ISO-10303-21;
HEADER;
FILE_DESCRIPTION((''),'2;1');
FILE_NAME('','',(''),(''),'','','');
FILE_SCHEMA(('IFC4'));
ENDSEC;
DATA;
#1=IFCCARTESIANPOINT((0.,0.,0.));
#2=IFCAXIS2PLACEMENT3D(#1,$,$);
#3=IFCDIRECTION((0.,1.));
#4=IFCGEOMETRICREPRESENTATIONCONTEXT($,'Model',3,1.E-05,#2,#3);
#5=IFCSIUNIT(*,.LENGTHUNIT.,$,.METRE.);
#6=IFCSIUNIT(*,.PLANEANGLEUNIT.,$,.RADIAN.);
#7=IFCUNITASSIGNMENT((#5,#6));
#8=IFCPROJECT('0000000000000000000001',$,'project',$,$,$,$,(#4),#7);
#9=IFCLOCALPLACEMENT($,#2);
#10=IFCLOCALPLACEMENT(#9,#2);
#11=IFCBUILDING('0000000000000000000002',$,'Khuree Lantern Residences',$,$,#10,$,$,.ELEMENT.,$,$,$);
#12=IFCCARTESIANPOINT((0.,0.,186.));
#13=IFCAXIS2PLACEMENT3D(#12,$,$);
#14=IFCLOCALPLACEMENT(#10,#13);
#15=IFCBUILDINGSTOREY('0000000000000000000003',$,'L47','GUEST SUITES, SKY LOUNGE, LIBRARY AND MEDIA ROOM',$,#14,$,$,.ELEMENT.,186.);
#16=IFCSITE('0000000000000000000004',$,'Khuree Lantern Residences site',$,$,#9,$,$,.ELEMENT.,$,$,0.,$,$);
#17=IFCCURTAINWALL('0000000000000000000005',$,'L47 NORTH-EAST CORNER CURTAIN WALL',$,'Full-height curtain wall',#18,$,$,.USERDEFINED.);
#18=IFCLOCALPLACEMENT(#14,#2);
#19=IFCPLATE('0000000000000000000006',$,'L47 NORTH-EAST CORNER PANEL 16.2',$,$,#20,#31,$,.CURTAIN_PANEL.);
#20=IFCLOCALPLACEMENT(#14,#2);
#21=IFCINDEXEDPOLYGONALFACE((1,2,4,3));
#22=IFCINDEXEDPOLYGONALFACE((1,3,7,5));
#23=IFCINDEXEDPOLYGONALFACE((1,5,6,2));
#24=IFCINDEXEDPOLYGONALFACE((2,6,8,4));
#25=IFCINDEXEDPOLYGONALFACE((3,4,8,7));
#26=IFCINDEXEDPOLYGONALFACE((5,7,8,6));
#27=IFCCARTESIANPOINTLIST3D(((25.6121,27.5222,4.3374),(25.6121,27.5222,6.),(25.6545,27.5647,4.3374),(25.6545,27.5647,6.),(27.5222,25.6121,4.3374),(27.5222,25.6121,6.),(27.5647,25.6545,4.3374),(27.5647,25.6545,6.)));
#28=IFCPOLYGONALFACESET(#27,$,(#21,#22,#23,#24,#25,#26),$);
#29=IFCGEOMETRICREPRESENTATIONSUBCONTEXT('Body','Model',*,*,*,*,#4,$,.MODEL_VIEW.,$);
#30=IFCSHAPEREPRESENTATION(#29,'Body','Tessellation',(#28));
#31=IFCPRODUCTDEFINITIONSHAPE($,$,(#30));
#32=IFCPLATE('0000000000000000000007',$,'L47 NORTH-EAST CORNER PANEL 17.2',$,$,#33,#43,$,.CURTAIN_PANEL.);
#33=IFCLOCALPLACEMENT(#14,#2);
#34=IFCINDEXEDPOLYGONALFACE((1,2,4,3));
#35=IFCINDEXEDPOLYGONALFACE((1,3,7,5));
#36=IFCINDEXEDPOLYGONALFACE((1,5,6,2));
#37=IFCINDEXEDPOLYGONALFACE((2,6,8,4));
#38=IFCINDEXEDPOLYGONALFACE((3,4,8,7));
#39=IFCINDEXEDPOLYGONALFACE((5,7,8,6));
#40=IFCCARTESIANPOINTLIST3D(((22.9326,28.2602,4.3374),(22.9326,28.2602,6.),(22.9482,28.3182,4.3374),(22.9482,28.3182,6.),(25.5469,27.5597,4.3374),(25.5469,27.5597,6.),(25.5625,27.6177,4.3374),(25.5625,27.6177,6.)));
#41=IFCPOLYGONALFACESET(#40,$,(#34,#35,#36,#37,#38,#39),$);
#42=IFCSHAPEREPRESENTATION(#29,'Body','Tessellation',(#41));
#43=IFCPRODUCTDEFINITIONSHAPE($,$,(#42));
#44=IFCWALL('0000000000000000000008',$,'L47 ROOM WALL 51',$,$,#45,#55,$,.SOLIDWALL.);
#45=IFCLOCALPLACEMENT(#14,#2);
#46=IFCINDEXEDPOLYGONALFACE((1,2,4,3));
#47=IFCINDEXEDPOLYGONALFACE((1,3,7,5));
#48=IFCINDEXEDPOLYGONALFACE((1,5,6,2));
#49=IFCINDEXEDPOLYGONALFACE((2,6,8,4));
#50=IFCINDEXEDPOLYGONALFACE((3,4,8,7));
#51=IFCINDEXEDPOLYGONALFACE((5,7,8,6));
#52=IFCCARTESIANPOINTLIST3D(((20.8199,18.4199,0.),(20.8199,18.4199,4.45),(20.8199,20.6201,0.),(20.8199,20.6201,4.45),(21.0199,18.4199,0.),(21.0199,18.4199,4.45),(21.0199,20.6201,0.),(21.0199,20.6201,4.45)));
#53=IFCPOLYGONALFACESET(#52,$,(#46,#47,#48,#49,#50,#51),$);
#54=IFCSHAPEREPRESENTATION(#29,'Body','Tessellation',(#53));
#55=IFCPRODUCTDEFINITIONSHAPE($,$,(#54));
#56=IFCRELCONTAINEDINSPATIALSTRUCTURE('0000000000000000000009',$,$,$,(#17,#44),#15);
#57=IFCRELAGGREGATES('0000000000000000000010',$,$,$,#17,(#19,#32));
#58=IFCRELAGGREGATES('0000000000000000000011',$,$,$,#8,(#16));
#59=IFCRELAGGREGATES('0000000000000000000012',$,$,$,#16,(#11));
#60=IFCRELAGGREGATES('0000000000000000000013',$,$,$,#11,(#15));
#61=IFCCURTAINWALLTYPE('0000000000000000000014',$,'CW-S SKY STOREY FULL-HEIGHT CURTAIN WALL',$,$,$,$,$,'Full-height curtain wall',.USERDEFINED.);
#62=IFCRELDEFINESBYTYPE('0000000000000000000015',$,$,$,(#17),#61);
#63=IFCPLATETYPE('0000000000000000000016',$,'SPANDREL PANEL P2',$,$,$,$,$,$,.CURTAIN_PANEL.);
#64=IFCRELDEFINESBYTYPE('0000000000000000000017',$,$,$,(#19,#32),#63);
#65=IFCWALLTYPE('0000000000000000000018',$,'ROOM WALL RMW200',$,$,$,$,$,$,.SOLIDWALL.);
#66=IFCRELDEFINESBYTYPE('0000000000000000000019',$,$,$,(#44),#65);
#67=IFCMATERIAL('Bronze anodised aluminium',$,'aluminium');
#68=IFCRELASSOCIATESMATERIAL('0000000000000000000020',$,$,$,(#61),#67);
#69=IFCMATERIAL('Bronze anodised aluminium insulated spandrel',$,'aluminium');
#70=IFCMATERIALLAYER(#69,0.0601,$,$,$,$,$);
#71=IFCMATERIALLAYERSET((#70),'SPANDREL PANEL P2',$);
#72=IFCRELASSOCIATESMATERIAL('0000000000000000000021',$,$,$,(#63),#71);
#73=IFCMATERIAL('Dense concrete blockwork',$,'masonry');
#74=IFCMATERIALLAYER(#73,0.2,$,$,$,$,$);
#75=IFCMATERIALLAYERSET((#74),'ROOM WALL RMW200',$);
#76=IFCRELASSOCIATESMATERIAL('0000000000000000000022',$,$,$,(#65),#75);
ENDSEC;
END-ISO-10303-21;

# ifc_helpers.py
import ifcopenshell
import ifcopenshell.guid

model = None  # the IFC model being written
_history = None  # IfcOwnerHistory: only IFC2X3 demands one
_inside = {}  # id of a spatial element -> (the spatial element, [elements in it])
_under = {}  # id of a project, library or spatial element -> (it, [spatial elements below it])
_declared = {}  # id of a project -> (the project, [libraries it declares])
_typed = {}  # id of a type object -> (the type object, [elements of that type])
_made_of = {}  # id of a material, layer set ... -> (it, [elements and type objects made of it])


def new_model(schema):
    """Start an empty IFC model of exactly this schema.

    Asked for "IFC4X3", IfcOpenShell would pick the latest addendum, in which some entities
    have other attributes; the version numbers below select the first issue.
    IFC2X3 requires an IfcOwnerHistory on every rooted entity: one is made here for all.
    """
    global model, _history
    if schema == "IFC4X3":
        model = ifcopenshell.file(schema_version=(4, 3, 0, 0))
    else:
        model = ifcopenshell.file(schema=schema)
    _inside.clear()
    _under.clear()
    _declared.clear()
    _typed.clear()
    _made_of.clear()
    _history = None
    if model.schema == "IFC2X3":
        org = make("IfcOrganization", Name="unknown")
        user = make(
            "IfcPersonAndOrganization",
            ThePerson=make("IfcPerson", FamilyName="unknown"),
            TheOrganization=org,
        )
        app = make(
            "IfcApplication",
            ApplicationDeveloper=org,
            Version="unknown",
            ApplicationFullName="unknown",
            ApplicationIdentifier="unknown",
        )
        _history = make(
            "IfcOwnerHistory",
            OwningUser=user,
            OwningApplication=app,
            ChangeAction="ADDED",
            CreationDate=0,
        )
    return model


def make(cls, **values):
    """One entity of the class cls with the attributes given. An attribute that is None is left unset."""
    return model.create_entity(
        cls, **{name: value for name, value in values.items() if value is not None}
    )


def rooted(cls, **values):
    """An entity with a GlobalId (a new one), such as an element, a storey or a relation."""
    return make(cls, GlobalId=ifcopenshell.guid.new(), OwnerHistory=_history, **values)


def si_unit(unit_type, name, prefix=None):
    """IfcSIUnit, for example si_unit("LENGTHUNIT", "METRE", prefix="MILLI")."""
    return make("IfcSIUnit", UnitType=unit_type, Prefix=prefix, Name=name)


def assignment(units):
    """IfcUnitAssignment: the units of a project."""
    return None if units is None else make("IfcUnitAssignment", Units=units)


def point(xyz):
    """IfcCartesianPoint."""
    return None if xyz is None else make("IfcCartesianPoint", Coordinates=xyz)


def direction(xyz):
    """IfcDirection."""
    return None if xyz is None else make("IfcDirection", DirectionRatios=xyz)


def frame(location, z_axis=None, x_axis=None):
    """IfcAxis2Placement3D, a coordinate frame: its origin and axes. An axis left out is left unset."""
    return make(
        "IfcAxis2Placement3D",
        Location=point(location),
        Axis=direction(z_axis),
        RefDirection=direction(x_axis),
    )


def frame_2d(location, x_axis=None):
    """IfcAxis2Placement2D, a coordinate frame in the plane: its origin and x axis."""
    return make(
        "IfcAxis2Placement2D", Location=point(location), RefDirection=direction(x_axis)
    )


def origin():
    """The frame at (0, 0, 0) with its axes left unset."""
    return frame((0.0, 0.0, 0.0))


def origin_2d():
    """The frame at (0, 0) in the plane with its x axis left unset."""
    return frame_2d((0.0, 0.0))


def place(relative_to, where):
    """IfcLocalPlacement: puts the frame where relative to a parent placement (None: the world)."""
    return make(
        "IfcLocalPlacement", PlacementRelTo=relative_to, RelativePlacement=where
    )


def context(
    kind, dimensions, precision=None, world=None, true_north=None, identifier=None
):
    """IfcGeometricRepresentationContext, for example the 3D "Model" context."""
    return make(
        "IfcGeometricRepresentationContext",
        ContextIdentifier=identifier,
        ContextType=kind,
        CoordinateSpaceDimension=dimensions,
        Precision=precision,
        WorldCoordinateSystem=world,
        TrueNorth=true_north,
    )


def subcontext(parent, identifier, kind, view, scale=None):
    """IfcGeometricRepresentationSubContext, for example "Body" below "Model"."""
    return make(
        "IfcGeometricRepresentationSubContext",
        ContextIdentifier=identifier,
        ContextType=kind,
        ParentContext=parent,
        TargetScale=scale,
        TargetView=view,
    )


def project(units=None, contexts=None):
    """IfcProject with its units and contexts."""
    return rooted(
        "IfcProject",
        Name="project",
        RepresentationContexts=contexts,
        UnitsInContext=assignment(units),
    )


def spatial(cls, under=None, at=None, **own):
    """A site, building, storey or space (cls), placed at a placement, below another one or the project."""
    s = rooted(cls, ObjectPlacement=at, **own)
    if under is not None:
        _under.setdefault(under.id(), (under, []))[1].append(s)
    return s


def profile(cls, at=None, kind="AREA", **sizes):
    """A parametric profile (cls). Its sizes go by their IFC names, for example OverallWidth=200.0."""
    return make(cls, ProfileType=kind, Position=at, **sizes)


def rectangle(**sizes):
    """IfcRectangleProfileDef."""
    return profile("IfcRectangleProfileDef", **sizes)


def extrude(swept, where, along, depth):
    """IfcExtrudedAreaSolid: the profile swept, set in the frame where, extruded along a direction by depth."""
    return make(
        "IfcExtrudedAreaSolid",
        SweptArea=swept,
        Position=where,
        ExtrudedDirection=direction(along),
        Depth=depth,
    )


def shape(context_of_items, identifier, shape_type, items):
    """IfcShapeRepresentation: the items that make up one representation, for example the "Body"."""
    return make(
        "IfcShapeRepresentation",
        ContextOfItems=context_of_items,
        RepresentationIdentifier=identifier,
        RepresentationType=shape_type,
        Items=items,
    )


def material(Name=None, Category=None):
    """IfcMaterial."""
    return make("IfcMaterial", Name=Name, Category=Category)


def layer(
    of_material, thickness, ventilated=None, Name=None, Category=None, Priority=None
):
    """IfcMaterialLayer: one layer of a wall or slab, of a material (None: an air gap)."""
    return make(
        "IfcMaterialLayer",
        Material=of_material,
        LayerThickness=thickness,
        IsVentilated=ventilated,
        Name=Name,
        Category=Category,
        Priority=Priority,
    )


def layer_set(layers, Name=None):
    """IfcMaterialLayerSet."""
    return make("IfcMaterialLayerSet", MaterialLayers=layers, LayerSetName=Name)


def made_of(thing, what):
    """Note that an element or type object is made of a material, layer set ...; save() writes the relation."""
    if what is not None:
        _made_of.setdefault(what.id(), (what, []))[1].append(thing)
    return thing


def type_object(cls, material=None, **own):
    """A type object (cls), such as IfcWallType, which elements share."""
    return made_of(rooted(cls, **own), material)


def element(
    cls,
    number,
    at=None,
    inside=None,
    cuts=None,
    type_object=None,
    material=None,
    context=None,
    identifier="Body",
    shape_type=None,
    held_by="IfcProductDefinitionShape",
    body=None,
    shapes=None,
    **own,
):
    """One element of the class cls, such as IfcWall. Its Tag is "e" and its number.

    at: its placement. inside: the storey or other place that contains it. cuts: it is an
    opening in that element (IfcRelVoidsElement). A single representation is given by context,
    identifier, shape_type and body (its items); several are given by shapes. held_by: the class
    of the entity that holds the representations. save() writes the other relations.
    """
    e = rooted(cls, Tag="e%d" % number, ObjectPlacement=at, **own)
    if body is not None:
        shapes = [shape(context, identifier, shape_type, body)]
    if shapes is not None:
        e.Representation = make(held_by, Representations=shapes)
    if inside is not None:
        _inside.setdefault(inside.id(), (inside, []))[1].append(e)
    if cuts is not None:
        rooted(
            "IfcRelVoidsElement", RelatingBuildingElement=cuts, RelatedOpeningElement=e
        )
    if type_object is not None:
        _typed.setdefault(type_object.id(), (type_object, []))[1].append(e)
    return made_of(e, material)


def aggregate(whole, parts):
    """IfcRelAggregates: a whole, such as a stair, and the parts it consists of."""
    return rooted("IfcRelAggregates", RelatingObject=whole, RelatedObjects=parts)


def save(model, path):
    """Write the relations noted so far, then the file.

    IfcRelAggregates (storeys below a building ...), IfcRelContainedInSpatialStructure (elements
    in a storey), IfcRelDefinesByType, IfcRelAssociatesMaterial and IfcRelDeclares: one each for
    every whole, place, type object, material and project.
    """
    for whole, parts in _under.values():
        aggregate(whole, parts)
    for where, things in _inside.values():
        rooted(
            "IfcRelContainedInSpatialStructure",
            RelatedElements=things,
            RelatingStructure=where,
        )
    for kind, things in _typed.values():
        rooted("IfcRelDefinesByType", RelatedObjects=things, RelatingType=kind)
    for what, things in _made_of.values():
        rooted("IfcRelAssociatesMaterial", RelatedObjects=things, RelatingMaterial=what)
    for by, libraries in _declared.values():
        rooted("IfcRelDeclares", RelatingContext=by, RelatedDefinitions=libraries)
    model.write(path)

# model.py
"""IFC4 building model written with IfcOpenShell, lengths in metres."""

from ifc_helpers import new_model, si_unit, direction, frame, frame_2d, origin, origin_2d, place, context, subcontext, project, spatial, rectangle, extrude, material, layer, layer_set, type_object, element, aggregate, save


model = new_model("IFC4")

# Units and contexts
model_context = context("Model", 3, precision=1e-05, world=origin(), true_north=direction((0.0, 1.0)))
body_context = subcontext(model_context, "Body", "Model", "MODEL_VIEW")
ifc_project = project(units=[si_unit("LENGTHUNIT", "METRE"), si_unit("PLANEANGLEUNIT", "RADIAN")], contexts=[model_context])

# Site, building, storey
site_placement = place(None, origin())
site = spatial("IfcSite", under=ifc_project, at=site_placement, Name="Khuree Lantern Residences site", CompositionType="ELEMENT", RefElevation=0.0)
building_placement = place(site_placement, origin())
building = spatial("IfcBuilding", under=site, at=building_placement, Name="Khuree Lantern Residences", CompositionType="ELEMENT")
storey_placement = place(building_placement, frame((0.0, 0.0, 186.0)))
storey = spatial("IfcBuildingStorey", under=building, at=storey_placement, Name="L47", Description="GUEST SUITES, SKY LOUNGE, LIBRARY AND MEDIA ROOM", CompositionType="ELEMENT", Elevation=186.0)

# Curtain wall
ifc_material_1 = material(Name="Bronze anodised aluminium", Category="aluminium")
curtain_wall_type = type_object("IfcCurtainWallType", Name="CW-S SKY STOREY FULL-HEIGHT CURTAIN WALL", ElementType="Full-height curtain wall", PredefinedType="USERDEFINED", material=ifc_material_1)
curtain_wall_1_placement = place(storey_placement, origin())
curtain_wall_1 = element("IfcCurtainWall", 1, at=curtain_wall_1_placement, inside=storey, type_object=curtain_wall_type, Name="L47 NORTH-EAST CORNER CURTAIN WALL", ObjectType="Full-height curtain wall", PredefinedType="USERDEFINED")

# Plates
ifc_material_2 = material(Name="Bronze anodised aluminium insulated spandrel", Category="aluminium")
ifc_layer_1 = layer(ifc_material_2, 0.0601)
ifc_layer_set_1 = layer_set([ifc_layer_1], Name="SPANDREL PANEL P2")
plate_type_1 = type_object("IfcPlateType", Name="SPANDREL PANEL P2", PredefinedType="CURTAIN_PANEL", material=ifc_layer_set_1)
plate_1_placement = place(storey_placement, frame((26.5884, 26.5884, 4.3374), z_axis=(0.0, 0.0, 1.0), x_axis=(-0.707107, 0.707107, 0.0)))
plate_1 = element("IfcPlate", 2, at=plate_1_placement, type_object=plate_type_1, Name="L47 NORTH-EAST CORNER PANEL 16.2", PredefinedType="CURTAIN_PANEL", context=body_context, shape_type="SweptSolid", body=[
    extrude(rectangle(XDim=2.7014, YDim=0.0601, at=origin_2d()), origin(), (0.0, 0.0, 1.0), 1.6626),
])
plate_2_placement = place(storey_placement, frame((24.2476, 27.939, 4.3374), z_axis=(0.0, 0.0, 1.0), x_axis=(-0.965926, 0.258819, 0.0)))
plate_2 = element("IfcPlate", 3, at=plate_2_placement, type_object=plate_type_1, Name="L47 NORTH-EAST CORNER PANEL 17.2", PredefinedType="CURTAIN_PANEL", context=body_context, shape_type="SweptSolid", body=[
    extrude(rectangle(XDim=2.7065, YDim=0.0601, at=origin_2d()), origin(), (0.0, 0.0, 1.0), 1.6626),
])
aggregate(curtain_wall_1, [plate_1, plate_2])

# Wall
ifc_material_3 = material(Name="Dense concrete blockwork", Category="masonry")
ifc_layer_2 = layer(ifc_material_3, 0.2)
ifc_layer_set_2 = layer_set([ifc_layer_2], Name="ROOM WALL RMW200")
wall_type = type_object("IfcWallType", Name="ROOM WALL RMW200", PredefinedType="SOLIDWALL", material=ifc_layer_set_2)
wall_placement = place(storey_placement, frame((20.9199, 18.4199, 0.0), z_axis=(0.0, 0.0, 1.0), x_axis=(0.0, 1.0, 0.0)))
element("IfcWall", 4, at=wall_placement, inside=storey, type_object=wall_type, Name="L47 ROOM WALL 51", PredefinedType="SOLIDWALL", context=body_context, shape_type="SweptSolid", body=[
    extrude(rectangle(XDim=2.2002, YDim=0.2, at=frame_2d((1.1001, 0.0))), origin(), (0.0, 0.0, 1.0), 4.45),
])

save(model, "model.ifc")
